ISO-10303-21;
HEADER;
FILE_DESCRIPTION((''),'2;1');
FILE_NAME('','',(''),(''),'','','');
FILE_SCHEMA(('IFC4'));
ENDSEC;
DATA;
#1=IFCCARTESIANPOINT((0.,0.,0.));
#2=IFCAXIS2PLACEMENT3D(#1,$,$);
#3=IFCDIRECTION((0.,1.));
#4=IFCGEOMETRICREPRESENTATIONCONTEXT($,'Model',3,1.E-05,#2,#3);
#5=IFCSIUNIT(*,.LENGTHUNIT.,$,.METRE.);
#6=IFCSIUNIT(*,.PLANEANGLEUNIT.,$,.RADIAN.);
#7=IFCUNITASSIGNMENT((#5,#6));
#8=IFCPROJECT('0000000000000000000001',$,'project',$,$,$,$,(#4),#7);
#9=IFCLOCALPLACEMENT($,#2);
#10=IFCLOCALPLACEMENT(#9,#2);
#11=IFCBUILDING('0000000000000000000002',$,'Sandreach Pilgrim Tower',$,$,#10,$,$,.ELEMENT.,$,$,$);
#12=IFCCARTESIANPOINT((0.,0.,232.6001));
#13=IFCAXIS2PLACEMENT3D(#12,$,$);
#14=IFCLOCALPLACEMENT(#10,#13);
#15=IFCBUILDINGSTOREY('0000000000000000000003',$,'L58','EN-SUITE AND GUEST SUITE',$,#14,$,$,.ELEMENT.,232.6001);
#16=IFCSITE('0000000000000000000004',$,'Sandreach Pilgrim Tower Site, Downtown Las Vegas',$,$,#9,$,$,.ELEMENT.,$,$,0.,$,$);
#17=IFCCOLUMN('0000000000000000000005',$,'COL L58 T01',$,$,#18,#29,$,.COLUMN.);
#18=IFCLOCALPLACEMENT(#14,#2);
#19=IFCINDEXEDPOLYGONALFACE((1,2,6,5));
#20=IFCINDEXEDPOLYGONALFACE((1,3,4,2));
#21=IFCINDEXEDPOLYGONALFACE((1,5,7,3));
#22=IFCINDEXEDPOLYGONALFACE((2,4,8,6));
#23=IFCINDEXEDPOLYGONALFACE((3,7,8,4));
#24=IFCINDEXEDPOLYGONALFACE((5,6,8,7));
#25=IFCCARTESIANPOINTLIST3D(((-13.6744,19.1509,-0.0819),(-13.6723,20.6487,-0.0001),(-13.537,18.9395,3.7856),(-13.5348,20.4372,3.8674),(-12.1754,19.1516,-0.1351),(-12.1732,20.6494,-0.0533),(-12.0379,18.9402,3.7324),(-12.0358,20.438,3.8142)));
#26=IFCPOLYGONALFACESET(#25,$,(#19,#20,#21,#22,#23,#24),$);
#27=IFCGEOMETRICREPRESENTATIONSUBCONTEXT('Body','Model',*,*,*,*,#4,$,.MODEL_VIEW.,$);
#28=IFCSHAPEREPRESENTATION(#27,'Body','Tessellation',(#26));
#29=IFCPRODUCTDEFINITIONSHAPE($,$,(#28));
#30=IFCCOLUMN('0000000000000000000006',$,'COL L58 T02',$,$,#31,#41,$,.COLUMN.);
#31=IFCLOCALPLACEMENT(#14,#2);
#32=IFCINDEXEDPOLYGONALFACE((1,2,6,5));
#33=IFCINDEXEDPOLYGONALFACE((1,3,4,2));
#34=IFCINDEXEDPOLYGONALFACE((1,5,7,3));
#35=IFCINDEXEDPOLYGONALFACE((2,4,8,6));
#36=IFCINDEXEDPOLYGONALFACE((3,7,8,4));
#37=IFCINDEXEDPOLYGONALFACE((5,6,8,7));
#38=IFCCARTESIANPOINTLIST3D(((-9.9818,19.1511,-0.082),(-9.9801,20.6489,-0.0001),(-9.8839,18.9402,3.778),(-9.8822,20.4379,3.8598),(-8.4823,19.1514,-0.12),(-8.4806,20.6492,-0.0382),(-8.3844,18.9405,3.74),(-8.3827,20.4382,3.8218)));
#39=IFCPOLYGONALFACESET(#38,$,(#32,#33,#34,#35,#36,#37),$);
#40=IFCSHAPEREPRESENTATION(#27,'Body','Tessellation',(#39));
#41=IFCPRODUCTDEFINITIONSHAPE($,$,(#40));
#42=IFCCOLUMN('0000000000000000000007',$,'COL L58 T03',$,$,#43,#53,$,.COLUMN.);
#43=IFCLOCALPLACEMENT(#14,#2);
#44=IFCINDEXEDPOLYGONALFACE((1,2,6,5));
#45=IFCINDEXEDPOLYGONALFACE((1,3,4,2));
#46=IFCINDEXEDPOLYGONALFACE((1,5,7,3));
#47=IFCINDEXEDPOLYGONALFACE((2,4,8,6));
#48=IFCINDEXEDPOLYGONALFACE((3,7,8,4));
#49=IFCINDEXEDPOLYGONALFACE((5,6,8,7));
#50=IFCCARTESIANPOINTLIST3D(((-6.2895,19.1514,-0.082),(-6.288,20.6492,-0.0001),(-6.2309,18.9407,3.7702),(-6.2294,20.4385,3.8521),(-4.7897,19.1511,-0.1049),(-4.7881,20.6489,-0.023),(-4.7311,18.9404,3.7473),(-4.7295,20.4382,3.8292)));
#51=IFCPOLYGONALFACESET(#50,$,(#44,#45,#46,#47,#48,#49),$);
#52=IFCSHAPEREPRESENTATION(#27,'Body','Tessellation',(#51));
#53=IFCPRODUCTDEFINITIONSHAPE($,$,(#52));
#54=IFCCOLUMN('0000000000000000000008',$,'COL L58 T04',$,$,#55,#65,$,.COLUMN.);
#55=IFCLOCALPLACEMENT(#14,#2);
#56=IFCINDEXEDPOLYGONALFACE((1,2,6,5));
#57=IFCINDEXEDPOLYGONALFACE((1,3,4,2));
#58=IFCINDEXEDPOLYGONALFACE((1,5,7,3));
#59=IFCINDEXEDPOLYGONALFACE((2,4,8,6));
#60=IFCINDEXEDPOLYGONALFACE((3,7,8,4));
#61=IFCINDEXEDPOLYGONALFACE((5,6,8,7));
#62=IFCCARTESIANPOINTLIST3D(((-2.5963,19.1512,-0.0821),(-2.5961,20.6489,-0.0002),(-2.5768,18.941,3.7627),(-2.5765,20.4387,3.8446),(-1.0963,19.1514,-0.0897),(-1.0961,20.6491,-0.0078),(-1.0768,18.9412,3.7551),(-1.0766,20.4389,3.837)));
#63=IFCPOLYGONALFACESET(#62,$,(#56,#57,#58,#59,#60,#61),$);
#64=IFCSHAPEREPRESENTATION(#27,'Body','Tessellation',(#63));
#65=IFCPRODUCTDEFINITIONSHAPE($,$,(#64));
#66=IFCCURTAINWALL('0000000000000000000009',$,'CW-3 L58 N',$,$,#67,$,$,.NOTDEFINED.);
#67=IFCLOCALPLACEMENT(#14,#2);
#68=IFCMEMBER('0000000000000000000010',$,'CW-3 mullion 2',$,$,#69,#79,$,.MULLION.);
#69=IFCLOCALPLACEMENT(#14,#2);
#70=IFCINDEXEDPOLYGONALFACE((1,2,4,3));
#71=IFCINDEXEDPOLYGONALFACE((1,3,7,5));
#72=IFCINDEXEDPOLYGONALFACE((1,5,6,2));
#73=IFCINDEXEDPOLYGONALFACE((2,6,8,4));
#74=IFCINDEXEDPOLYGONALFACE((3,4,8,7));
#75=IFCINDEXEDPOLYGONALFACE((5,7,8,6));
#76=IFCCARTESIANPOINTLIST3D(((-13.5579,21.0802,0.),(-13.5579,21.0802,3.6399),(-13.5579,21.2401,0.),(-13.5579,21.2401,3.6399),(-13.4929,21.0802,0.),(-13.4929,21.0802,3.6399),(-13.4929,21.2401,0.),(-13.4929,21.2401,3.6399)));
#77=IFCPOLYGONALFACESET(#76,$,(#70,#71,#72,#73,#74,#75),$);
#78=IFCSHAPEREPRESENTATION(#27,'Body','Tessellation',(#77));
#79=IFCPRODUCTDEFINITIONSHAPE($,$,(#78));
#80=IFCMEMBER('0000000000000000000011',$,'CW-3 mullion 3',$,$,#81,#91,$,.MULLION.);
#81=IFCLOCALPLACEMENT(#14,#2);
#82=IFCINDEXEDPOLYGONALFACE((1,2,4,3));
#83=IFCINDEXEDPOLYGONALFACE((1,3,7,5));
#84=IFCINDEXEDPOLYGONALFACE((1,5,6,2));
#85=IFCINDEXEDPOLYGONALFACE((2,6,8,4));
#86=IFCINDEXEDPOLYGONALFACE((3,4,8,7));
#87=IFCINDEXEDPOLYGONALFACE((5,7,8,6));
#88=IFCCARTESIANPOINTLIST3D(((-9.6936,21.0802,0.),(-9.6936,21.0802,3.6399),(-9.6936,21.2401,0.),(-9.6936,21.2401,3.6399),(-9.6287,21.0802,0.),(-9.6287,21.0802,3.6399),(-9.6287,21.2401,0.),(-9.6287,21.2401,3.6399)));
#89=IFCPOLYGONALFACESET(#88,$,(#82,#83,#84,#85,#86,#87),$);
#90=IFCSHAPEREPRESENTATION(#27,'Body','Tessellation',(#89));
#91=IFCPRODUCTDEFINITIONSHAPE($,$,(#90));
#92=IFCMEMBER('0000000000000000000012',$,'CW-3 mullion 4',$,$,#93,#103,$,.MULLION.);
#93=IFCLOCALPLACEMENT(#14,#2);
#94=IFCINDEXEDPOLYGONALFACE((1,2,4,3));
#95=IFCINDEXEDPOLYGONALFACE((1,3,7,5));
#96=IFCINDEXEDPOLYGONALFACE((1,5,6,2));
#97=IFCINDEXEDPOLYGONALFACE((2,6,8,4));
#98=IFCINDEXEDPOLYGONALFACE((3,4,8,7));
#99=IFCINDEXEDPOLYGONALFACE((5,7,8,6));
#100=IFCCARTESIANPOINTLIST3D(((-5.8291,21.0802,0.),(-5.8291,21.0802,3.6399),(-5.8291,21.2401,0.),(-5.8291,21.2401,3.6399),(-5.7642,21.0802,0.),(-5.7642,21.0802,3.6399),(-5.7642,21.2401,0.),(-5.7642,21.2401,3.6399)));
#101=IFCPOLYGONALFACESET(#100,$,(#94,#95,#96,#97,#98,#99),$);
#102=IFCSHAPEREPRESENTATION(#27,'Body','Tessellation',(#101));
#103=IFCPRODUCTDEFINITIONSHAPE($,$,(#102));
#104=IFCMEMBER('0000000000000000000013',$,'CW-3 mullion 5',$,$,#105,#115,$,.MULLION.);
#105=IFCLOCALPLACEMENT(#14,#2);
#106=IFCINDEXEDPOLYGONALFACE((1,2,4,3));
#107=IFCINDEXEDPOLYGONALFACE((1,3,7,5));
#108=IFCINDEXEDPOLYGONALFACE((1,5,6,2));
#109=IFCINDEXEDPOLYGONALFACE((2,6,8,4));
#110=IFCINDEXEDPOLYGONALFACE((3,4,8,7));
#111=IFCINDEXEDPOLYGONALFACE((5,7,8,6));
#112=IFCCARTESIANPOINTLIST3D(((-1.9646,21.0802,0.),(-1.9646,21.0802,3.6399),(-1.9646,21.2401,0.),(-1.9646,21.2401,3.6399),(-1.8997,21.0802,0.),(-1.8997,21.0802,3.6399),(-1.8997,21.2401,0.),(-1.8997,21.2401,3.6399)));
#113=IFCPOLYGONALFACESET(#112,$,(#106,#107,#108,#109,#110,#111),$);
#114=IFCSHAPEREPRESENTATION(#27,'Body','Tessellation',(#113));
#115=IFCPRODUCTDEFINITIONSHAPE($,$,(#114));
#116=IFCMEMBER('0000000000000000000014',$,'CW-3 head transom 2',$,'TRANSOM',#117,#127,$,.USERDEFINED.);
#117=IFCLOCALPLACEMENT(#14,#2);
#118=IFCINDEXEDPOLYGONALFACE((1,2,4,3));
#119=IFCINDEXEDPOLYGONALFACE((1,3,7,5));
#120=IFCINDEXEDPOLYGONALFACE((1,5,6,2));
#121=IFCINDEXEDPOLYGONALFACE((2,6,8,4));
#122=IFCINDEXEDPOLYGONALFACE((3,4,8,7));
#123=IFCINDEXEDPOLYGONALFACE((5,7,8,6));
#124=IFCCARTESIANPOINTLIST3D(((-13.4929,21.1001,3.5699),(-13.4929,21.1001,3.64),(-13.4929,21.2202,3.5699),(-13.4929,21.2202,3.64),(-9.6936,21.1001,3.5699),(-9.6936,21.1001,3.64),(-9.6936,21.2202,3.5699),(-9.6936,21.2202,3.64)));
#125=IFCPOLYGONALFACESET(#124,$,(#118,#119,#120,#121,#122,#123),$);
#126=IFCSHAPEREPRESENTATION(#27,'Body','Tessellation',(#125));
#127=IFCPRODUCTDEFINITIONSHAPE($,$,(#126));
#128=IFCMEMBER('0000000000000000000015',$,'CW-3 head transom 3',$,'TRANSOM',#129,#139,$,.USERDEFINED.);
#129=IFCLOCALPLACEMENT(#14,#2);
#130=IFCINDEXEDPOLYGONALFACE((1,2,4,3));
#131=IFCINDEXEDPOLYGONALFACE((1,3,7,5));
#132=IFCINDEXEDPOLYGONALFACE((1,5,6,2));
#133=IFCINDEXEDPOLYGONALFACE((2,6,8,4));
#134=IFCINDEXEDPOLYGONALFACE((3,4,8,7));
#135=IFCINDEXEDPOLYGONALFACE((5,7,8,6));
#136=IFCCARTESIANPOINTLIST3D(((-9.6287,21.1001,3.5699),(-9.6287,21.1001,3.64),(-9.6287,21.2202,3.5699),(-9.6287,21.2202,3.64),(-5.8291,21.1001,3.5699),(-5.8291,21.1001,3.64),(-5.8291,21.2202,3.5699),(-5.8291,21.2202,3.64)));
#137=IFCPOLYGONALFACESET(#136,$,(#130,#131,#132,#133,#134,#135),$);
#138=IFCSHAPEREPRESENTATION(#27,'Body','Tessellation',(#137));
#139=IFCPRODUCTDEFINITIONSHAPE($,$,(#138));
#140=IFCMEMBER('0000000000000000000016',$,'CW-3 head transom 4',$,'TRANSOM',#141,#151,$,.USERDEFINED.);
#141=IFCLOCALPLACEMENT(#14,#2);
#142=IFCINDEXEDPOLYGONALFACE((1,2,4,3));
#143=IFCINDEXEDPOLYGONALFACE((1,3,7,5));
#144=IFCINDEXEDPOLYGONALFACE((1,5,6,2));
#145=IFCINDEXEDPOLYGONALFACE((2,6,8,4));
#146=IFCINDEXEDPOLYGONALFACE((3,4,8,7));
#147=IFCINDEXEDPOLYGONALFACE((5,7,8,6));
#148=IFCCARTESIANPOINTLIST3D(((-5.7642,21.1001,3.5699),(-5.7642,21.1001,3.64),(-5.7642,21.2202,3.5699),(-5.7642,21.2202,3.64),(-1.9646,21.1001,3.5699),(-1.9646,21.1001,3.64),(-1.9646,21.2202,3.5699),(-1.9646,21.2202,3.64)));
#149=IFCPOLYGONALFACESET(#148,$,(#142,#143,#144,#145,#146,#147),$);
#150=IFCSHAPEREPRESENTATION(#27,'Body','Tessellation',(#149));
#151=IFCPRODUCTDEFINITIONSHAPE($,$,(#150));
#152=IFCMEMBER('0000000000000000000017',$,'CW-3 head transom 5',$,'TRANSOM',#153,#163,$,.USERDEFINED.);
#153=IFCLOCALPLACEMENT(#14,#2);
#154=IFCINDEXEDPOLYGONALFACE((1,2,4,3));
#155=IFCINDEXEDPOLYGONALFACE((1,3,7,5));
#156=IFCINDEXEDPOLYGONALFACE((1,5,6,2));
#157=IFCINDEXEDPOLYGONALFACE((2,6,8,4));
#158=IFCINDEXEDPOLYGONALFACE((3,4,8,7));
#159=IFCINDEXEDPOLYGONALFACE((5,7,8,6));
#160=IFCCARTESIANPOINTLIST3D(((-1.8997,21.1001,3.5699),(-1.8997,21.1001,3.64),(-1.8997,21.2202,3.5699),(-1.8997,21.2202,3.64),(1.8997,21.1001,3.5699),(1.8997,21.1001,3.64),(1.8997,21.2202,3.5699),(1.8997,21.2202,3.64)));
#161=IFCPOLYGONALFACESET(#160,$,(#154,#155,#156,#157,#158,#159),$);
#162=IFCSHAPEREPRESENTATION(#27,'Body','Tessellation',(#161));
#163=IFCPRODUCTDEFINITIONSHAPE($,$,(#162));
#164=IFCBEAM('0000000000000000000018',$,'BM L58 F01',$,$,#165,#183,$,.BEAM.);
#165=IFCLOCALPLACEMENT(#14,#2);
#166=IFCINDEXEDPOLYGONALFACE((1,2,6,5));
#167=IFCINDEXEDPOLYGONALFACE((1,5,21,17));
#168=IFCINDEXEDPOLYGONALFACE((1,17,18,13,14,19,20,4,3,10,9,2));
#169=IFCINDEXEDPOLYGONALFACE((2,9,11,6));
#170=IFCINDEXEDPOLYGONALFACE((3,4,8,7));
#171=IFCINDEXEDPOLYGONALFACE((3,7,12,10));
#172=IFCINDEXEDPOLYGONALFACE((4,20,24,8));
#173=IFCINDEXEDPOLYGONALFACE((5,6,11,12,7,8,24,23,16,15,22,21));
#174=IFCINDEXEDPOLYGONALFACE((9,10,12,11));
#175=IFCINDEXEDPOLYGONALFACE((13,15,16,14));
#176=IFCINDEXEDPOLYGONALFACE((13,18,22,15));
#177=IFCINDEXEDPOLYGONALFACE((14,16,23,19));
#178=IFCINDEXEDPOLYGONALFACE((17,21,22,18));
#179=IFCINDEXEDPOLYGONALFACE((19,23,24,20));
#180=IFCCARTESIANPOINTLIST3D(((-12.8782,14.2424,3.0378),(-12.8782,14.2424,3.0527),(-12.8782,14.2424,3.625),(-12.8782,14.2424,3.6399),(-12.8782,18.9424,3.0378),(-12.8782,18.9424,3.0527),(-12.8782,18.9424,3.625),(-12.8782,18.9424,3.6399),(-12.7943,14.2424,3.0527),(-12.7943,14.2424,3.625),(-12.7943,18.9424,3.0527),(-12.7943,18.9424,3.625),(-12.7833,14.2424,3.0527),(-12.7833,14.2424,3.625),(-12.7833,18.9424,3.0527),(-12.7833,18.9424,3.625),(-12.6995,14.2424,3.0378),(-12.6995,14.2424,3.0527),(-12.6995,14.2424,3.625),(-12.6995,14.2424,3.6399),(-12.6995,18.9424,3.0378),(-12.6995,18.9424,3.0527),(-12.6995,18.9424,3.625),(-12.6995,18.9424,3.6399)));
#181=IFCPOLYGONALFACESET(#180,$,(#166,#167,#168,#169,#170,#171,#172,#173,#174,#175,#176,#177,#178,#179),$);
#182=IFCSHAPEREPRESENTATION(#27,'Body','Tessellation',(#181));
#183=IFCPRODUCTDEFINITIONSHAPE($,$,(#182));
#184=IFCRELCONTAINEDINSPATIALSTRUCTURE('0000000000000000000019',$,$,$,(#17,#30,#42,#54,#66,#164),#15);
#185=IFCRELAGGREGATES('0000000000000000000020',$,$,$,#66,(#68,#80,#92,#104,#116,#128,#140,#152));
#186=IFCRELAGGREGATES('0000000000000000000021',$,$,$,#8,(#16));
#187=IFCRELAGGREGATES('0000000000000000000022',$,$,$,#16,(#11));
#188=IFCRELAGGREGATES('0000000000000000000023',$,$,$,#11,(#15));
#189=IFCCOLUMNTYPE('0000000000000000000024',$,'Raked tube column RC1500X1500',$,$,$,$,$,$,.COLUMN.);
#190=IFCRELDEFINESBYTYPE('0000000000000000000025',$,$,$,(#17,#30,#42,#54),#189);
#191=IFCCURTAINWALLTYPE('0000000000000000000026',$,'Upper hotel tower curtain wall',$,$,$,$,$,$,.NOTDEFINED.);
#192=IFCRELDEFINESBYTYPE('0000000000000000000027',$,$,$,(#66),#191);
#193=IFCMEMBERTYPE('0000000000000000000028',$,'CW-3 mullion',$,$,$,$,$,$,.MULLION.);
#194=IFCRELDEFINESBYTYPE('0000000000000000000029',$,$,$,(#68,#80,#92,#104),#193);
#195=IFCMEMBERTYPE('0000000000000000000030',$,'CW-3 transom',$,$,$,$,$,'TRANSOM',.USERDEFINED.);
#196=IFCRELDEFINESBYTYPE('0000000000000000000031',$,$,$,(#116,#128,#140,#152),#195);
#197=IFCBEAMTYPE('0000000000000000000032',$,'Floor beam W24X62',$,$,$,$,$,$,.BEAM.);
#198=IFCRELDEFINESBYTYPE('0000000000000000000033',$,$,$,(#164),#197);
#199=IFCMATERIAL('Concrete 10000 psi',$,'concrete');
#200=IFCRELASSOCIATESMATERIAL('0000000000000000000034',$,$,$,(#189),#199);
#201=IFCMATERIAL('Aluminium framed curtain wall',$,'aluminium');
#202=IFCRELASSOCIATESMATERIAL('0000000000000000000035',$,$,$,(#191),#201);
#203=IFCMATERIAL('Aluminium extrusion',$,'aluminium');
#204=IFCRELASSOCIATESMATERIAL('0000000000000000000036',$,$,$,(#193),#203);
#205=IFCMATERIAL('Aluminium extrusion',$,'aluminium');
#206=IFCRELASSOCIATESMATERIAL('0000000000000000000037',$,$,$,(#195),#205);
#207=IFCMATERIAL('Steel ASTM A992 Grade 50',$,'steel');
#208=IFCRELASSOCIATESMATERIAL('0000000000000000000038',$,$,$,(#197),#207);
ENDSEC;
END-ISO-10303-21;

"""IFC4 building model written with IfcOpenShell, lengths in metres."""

from ifc_helpers import new_model, si_unit, direction, frame, origin, origin_2d, place, context, subcontext, project, spatial, rectangle, i_section, extrude, material, material_profile, profile_set, type_object, element, aggregate, save


model = new_model("IFC4")

# Units and contexts
model_context = context("Model", 3, precision=1e-05, world=origin(), true_north=direction((0.0, 1.0)))
body_context = subcontext(model_context, "Body", "Model", "MODEL_VIEW")
ifc_project = project(units=[si_unit("LENGTHUNIT", "METRE"), si_unit("PLANEANGLEUNIT", "RADIAN")], contexts=[model_context])

# Site, building, storey
site_placement = place(None, origin())
site = spatial("IfcSite", under=ifc_project, at=site_placement, Name="Sandreach Pilgrim Tower Site, Downtown Las Vegas", CompositionType="ELEMENT", RefElevation=0.0)
building_placement = place(site_placement, origin())
building = spatial("IfcBuilding", under=site, at=building_placement, Name="Sandreach Pilgrim Tower", CompositionType="ELEMENT")
storey_placement = place(building_placement, frame((0.0, 0.0, 232.6001)))
storey = spatial("IfcBuildingStorey", under=building, at=storey_placement, Name="L58", Description="EN-SUITE AND GUEST SUITE", CompositionType="ELEMENT", Elevation=232.6001)

# Columns
ifc_material_1 = material(Name="Concrete 10000 psi", Category="concrete")
ifc_material_profile_1 = material_profile(ifc_material_1, rectangle(XDim=1.5, YDim=1.5, at=origin_2d()), Name="RC1500X1500")
ifc_profile_set_1 = profile_set([ifc_material_profile_1], Name="Concrete 10000 psi")
column_type = type_object("IfcColumnType", Name="Raked tube column RC1500X1500", PredefinedType="COLUMN", material=ifc_profile_set_1)
column_1_placement = place(storey_placement, frame((-12.9238, 19.9001, -0.0676), z_axis=(0.035465, -0.054552, 0.997881), x_axis=(0.001454, 0.998511, 0.054535)))
element("IfcColumn", 1, at=column_1_placement, inside=storey, type_object=column_type, Name="COL L58 T01", PredefinedType="COLUMN", context=body_context, shape_type="SweptSolid", body=[
    extrude(rectangle(XDim=1.5, YDim=1.5, at=origin_2d()), origin(), (0.0, 0.0, 1.0), 3.8757),
])
column_2_placement = place(storey_placement, frame((-9.2312, 19.9001, -0.0601), z_axis=(0.025318, -0.05455, 0.99819), x_axis=(0.001184, 0.998511, 0.054538)))
element("IfcColumn", 2, at=column_2_placement, inside=storey, type_object=column_type, Name="COL L58 T02", PredefinedType="COLUMN", context=body_context, shape_type="SweptSolid", body=[
    extrude(rectangle(XDim=1.5, YDim=1.5, at=origin_2d()), origin(), (0.0, 0.0, 1.0), 3.8669),
])
column_3_placement = place(storey_placement, frame((-5.5388, 19.9001, -0.0525), z_axis=(0.015186, -0.054605, 0.998393), x_axis=(0.001041, 0.998508, 0.054596)))
element("IfcColumn", 3, at=column_3_placement, inside=storey, type_object=column_type, Name="COL L58 T03", PredefinedType="COLUMN", context=body_context, shape_type="SweptSolid", body=[
    extrude(rectangle(XDim=1.5, YDim=1.5, at=origin_2d()), origin(), (0.0, 0.0, 1.0), 3.8584),
])
column_4_placement = place(storey_placement, frame((-1.8462, 19.9001, -0.0449), z_axis=(0.005072, -0.054591, 0.998496), x_axis=(0.000139, 0.998509, 0.054591)))
element("IfcColumn", 4, at=column_4_placement, inside=storey, type_object=column_type, Name="COL L58 T04", PredefinedType="COLUMN", context=body_context, shape_type="SweptSolid", body=[
    extrude(rectangle(XDim=1.5, YDim=1.5, at=origin_2d()), origin(), (0.0, 0.0, 1.0), 3.8506),
])

# Curtain wall, members
ifc_material_2 = material(Name="Aluminium framed curtain wall", Category="aluminium")
curtain_wall_type = type_object("IfcCurtainWallType", Name="Upper hotel tower curtain wall", PredefinedType="NOTDEFINED", material=ifc_material_2)
curtain_wall_placement = place(storey_placement, origin())
curtain_wall = element("IfcCurtainWall", 5, at=curtain_wall_placement, inside=storey, type_object=curtain_wall_type, Name="CW-3 L58 N", PredefinedType="NOTDEFINED")
ifc_material_3 = material(Name="Aluminium extrusion", Category="aluminium")
ifc_material_profile_2 = material_profile(ifc_material_3, rectangle(XDim=0.0649, YDim=0.1599, at=origin_2d()), Name="CW-3M 65X160")
ifc_profile_set_2 = profile_set([ifc_material_profile_2], Name="Aluminium extrusion")
member_type_1 = type_object("IfcMemberType", Name="CW-3 mullion", PredefinedType="MULLION", material=ifc_profile_set_2)
member_1_placement = place(storey_placement, frame((-13.5254, 21.1602, 0.0), z_axis=(0.0, 0.0, 1.0), x_axis=(1.0, 0.0, 0.0)))
member_1 = element("IfcMember", 6, at=member_1_placement, type_object=member_type_1, Name="CW-3 mullion 2", PredefinedType="MULLION", context=body_context, shape_type="SweptSolid", body=[
    extrude(rectangle(XDim=0.0649, YDim=0.1599, at=origin_2d()), origin(), (0.0, 0.0, 1.0), 3.6399),
])
member_2_placement = place(storey_placement, frame((-9.6611, 21.1602, 0.0), z_axis=(0.0, 0.0, 1.0), x_axis=(1.0, 0.0, 0.0)))
member_2 = element("IfcMember", 7, at=member_2_placement, type_object=member_type_1, Name="CW-3 mullion 3", PredefinedType="MULLION", context=body_context, shape_type="SweptSolid", body=[
    extrude(rectangle(XDim=0.0649, YDim=0.1599, at=origin_2d()), origin(), (0.0, 0.0, 1.0), 3.6399),
])
member_3_placement = place(storey_placement, frame((-5.7966, 21.1602, 0.0), z_axis=(0.0, 0.0, 1.0), x_axis=(1.0, 0.0, 0.0)))
member_3 = element("IfcMember", 8, at=member_3_placement, type_object=member_type_1, Name="CW-3 mullion 4", PredefinedType="MULLION", context=body_context, shape_type="SweptSolid", body=[
    extrude(rectangle(XDim=0.0649, YDim=0.1599, at=origin_2d()), origin(), (0.0, 0.0, 1.0), 3.6399),
])
member_4_placement = place(storey_placement, frame((-1.9321, 21.1602, 0.0), z_axis=(0.0, 0.0, 1.0), x_axis=(1.0, 0.0, 0.0)))
member_4 = element("IfcMember", 9, at=member_4_placement, type_object=member_type_1, Name="CW-3 mullion 5", PredefinedType="MULLION", context=body_context, shape_type="SweptSolid", body=[
    extrude(rectangle(XDim=0.0649, YDim=0.1599, at=origin_2d()), origin(), (0.0, 0.0, 1.0), 3.6399),
])
ifc_material_4 = material(Name="Aluminium extrusion", Category="aluminium")
ifc_material_profile_3 = material_profile(ifc_material_4, rectangle(XDim=0.1201, YDim=0.0701, at=origin_2d()), Name="CW-3T 120X70")
ifc_profile_set_3 = profile_set([ifc_material_profile_3], Name="Aluminium extrusion")
member_type_2 = type_object("IfcMemberType", Name="CW-3 transom", ElementType="TRANSOM", PredefinedType="USERDEFINED", material=ifc_profile_set_3)
member_5_placement = place(storey_placement, frame((-13.4929, 21.1602, 3.605), z_axis=(1.0, 0.0, 0.0), x_axis=(0.0, 1.0, 0.0)))
member_5 = element("IfcMember", 10, at=member_5_placement, type_object=member_type_2, Name="CW-3 head transom 2", ObjectType="TRANSOM", PredefinedType="USERDEFINED", context=body_context, shape_type="SweptSolid", body=[
    extrude(rectangle(XDim=0.1201, YDim=0.0701, at=origin_2d()), origin(), (0.0, 0.0, 1.0), 3.7993),
])
member_6_placement = place(storey_placement, frame((-9.6287, 21.1602, 3.605), z_axis=(1.0, 0.0, 0.0), x_axis=(0.0, 1.0, 0.0)))
member_6 = element("IfcMember", 11, at=member_6_placement, type_object=member_type_2, Name="CW-3 head transom 3", ObjectType="TRANSOM", PredefinedType="USERDEFINED", context=body_context, shape_type="SweptSolid", body=[
    extrude(rectangle(XDim=0.1201, YDim=0.0701, at=origin_2d()), origin(), (0.0, 0.0, 1.0), 3.7996),
])
member_7_placement = place(storey_placement, frame((-5.7642, 21.1602, 3.605), z_axis=(1.0, 0.0, 0.0), x_axis=(0.0, 1.0, 0.0)))
member_7 = element("IfcMember", 12, at=member_7_placement, type_object=member_type_2, Name="CW-3 head transom 4", ObjectType="TRANSOM", PredefinedType="USERDEFINED", context=body_context, shape_type="SweptSolid", body=[
    extrude(rectangle(XDim=0.1201, YDim=0.0701, at=origin_2d()), origin(), (0.0, 0.0, 1.0), 3.7996),
])
member_8_placement = place(storey_placement, frame((-1.8997, 21.1602, 3.605), z_axis=(1.0, 0.0, 0.0), x_axis=(0.0, 1.0, 0.0)))
member_8 = element("IfcMember", 13, at=member_8_placement, type_object=member_type_2, Name="CW-3 head transom 5", ObjectType="TRANSOM", PredefinedType="USERDEFINED", context=body_context, shape_type="SweptSolid", body=[
    extrude(rectangle(XDim=0.1201, YDim=0.0701, at=origin_2d()), origin(), (0.0, 0.0, 1.0), 3.7993),
])

# Beam
ifc_material_5 = material(Name="Steel ASTM A992 Grade 50", Category="steel")
ifc_material_profile_4 = material_profile(ifc_material_5, i_section(OverallWidth=0.1787, OverallDepth=0.6021, WebThickness=0.011, FlangeThickness=0.0149, at=origin_2d()), Name="W24X62")
ifc_profile_set_4 = profile_set([ifc_material_profile_4], Name="Steel ASTM A992 Grade 50")
beam_type_1 = type_object("IfcBeamType", Name="Floor beam W24X62", PredefinedType="BEAM", material=ifc_profile_set_4)
beam_1_placement = place(storey_placement, frame((-12.7888, 18.9424, 3.3389), z_axis=(0.0, -1.0, 0.0), x_axis=(1.0, 0.0, 0.0)))
element("IfcBeam", 14, at=beam_1_placement, inside=storey, type_object=beam_type_1, Name="BM L58 F01", PredefinedType="BEAM", context=body_context, shape_type="SweptSolid", body=[
    extrude(i_section(OverallWidth=0.1787, OverallDepth=0.6021, WebThickness=0.011, FlangeThickness=0.0149, at=origin_2d()), origin(), (0.0, 0.0, 1.0), 4.7),
])

aggregate(curtain_wall, [member_1, member_2, member_3, member_4, member_5, member_6, member_7, member_8])

save(model, "model.ifc")
